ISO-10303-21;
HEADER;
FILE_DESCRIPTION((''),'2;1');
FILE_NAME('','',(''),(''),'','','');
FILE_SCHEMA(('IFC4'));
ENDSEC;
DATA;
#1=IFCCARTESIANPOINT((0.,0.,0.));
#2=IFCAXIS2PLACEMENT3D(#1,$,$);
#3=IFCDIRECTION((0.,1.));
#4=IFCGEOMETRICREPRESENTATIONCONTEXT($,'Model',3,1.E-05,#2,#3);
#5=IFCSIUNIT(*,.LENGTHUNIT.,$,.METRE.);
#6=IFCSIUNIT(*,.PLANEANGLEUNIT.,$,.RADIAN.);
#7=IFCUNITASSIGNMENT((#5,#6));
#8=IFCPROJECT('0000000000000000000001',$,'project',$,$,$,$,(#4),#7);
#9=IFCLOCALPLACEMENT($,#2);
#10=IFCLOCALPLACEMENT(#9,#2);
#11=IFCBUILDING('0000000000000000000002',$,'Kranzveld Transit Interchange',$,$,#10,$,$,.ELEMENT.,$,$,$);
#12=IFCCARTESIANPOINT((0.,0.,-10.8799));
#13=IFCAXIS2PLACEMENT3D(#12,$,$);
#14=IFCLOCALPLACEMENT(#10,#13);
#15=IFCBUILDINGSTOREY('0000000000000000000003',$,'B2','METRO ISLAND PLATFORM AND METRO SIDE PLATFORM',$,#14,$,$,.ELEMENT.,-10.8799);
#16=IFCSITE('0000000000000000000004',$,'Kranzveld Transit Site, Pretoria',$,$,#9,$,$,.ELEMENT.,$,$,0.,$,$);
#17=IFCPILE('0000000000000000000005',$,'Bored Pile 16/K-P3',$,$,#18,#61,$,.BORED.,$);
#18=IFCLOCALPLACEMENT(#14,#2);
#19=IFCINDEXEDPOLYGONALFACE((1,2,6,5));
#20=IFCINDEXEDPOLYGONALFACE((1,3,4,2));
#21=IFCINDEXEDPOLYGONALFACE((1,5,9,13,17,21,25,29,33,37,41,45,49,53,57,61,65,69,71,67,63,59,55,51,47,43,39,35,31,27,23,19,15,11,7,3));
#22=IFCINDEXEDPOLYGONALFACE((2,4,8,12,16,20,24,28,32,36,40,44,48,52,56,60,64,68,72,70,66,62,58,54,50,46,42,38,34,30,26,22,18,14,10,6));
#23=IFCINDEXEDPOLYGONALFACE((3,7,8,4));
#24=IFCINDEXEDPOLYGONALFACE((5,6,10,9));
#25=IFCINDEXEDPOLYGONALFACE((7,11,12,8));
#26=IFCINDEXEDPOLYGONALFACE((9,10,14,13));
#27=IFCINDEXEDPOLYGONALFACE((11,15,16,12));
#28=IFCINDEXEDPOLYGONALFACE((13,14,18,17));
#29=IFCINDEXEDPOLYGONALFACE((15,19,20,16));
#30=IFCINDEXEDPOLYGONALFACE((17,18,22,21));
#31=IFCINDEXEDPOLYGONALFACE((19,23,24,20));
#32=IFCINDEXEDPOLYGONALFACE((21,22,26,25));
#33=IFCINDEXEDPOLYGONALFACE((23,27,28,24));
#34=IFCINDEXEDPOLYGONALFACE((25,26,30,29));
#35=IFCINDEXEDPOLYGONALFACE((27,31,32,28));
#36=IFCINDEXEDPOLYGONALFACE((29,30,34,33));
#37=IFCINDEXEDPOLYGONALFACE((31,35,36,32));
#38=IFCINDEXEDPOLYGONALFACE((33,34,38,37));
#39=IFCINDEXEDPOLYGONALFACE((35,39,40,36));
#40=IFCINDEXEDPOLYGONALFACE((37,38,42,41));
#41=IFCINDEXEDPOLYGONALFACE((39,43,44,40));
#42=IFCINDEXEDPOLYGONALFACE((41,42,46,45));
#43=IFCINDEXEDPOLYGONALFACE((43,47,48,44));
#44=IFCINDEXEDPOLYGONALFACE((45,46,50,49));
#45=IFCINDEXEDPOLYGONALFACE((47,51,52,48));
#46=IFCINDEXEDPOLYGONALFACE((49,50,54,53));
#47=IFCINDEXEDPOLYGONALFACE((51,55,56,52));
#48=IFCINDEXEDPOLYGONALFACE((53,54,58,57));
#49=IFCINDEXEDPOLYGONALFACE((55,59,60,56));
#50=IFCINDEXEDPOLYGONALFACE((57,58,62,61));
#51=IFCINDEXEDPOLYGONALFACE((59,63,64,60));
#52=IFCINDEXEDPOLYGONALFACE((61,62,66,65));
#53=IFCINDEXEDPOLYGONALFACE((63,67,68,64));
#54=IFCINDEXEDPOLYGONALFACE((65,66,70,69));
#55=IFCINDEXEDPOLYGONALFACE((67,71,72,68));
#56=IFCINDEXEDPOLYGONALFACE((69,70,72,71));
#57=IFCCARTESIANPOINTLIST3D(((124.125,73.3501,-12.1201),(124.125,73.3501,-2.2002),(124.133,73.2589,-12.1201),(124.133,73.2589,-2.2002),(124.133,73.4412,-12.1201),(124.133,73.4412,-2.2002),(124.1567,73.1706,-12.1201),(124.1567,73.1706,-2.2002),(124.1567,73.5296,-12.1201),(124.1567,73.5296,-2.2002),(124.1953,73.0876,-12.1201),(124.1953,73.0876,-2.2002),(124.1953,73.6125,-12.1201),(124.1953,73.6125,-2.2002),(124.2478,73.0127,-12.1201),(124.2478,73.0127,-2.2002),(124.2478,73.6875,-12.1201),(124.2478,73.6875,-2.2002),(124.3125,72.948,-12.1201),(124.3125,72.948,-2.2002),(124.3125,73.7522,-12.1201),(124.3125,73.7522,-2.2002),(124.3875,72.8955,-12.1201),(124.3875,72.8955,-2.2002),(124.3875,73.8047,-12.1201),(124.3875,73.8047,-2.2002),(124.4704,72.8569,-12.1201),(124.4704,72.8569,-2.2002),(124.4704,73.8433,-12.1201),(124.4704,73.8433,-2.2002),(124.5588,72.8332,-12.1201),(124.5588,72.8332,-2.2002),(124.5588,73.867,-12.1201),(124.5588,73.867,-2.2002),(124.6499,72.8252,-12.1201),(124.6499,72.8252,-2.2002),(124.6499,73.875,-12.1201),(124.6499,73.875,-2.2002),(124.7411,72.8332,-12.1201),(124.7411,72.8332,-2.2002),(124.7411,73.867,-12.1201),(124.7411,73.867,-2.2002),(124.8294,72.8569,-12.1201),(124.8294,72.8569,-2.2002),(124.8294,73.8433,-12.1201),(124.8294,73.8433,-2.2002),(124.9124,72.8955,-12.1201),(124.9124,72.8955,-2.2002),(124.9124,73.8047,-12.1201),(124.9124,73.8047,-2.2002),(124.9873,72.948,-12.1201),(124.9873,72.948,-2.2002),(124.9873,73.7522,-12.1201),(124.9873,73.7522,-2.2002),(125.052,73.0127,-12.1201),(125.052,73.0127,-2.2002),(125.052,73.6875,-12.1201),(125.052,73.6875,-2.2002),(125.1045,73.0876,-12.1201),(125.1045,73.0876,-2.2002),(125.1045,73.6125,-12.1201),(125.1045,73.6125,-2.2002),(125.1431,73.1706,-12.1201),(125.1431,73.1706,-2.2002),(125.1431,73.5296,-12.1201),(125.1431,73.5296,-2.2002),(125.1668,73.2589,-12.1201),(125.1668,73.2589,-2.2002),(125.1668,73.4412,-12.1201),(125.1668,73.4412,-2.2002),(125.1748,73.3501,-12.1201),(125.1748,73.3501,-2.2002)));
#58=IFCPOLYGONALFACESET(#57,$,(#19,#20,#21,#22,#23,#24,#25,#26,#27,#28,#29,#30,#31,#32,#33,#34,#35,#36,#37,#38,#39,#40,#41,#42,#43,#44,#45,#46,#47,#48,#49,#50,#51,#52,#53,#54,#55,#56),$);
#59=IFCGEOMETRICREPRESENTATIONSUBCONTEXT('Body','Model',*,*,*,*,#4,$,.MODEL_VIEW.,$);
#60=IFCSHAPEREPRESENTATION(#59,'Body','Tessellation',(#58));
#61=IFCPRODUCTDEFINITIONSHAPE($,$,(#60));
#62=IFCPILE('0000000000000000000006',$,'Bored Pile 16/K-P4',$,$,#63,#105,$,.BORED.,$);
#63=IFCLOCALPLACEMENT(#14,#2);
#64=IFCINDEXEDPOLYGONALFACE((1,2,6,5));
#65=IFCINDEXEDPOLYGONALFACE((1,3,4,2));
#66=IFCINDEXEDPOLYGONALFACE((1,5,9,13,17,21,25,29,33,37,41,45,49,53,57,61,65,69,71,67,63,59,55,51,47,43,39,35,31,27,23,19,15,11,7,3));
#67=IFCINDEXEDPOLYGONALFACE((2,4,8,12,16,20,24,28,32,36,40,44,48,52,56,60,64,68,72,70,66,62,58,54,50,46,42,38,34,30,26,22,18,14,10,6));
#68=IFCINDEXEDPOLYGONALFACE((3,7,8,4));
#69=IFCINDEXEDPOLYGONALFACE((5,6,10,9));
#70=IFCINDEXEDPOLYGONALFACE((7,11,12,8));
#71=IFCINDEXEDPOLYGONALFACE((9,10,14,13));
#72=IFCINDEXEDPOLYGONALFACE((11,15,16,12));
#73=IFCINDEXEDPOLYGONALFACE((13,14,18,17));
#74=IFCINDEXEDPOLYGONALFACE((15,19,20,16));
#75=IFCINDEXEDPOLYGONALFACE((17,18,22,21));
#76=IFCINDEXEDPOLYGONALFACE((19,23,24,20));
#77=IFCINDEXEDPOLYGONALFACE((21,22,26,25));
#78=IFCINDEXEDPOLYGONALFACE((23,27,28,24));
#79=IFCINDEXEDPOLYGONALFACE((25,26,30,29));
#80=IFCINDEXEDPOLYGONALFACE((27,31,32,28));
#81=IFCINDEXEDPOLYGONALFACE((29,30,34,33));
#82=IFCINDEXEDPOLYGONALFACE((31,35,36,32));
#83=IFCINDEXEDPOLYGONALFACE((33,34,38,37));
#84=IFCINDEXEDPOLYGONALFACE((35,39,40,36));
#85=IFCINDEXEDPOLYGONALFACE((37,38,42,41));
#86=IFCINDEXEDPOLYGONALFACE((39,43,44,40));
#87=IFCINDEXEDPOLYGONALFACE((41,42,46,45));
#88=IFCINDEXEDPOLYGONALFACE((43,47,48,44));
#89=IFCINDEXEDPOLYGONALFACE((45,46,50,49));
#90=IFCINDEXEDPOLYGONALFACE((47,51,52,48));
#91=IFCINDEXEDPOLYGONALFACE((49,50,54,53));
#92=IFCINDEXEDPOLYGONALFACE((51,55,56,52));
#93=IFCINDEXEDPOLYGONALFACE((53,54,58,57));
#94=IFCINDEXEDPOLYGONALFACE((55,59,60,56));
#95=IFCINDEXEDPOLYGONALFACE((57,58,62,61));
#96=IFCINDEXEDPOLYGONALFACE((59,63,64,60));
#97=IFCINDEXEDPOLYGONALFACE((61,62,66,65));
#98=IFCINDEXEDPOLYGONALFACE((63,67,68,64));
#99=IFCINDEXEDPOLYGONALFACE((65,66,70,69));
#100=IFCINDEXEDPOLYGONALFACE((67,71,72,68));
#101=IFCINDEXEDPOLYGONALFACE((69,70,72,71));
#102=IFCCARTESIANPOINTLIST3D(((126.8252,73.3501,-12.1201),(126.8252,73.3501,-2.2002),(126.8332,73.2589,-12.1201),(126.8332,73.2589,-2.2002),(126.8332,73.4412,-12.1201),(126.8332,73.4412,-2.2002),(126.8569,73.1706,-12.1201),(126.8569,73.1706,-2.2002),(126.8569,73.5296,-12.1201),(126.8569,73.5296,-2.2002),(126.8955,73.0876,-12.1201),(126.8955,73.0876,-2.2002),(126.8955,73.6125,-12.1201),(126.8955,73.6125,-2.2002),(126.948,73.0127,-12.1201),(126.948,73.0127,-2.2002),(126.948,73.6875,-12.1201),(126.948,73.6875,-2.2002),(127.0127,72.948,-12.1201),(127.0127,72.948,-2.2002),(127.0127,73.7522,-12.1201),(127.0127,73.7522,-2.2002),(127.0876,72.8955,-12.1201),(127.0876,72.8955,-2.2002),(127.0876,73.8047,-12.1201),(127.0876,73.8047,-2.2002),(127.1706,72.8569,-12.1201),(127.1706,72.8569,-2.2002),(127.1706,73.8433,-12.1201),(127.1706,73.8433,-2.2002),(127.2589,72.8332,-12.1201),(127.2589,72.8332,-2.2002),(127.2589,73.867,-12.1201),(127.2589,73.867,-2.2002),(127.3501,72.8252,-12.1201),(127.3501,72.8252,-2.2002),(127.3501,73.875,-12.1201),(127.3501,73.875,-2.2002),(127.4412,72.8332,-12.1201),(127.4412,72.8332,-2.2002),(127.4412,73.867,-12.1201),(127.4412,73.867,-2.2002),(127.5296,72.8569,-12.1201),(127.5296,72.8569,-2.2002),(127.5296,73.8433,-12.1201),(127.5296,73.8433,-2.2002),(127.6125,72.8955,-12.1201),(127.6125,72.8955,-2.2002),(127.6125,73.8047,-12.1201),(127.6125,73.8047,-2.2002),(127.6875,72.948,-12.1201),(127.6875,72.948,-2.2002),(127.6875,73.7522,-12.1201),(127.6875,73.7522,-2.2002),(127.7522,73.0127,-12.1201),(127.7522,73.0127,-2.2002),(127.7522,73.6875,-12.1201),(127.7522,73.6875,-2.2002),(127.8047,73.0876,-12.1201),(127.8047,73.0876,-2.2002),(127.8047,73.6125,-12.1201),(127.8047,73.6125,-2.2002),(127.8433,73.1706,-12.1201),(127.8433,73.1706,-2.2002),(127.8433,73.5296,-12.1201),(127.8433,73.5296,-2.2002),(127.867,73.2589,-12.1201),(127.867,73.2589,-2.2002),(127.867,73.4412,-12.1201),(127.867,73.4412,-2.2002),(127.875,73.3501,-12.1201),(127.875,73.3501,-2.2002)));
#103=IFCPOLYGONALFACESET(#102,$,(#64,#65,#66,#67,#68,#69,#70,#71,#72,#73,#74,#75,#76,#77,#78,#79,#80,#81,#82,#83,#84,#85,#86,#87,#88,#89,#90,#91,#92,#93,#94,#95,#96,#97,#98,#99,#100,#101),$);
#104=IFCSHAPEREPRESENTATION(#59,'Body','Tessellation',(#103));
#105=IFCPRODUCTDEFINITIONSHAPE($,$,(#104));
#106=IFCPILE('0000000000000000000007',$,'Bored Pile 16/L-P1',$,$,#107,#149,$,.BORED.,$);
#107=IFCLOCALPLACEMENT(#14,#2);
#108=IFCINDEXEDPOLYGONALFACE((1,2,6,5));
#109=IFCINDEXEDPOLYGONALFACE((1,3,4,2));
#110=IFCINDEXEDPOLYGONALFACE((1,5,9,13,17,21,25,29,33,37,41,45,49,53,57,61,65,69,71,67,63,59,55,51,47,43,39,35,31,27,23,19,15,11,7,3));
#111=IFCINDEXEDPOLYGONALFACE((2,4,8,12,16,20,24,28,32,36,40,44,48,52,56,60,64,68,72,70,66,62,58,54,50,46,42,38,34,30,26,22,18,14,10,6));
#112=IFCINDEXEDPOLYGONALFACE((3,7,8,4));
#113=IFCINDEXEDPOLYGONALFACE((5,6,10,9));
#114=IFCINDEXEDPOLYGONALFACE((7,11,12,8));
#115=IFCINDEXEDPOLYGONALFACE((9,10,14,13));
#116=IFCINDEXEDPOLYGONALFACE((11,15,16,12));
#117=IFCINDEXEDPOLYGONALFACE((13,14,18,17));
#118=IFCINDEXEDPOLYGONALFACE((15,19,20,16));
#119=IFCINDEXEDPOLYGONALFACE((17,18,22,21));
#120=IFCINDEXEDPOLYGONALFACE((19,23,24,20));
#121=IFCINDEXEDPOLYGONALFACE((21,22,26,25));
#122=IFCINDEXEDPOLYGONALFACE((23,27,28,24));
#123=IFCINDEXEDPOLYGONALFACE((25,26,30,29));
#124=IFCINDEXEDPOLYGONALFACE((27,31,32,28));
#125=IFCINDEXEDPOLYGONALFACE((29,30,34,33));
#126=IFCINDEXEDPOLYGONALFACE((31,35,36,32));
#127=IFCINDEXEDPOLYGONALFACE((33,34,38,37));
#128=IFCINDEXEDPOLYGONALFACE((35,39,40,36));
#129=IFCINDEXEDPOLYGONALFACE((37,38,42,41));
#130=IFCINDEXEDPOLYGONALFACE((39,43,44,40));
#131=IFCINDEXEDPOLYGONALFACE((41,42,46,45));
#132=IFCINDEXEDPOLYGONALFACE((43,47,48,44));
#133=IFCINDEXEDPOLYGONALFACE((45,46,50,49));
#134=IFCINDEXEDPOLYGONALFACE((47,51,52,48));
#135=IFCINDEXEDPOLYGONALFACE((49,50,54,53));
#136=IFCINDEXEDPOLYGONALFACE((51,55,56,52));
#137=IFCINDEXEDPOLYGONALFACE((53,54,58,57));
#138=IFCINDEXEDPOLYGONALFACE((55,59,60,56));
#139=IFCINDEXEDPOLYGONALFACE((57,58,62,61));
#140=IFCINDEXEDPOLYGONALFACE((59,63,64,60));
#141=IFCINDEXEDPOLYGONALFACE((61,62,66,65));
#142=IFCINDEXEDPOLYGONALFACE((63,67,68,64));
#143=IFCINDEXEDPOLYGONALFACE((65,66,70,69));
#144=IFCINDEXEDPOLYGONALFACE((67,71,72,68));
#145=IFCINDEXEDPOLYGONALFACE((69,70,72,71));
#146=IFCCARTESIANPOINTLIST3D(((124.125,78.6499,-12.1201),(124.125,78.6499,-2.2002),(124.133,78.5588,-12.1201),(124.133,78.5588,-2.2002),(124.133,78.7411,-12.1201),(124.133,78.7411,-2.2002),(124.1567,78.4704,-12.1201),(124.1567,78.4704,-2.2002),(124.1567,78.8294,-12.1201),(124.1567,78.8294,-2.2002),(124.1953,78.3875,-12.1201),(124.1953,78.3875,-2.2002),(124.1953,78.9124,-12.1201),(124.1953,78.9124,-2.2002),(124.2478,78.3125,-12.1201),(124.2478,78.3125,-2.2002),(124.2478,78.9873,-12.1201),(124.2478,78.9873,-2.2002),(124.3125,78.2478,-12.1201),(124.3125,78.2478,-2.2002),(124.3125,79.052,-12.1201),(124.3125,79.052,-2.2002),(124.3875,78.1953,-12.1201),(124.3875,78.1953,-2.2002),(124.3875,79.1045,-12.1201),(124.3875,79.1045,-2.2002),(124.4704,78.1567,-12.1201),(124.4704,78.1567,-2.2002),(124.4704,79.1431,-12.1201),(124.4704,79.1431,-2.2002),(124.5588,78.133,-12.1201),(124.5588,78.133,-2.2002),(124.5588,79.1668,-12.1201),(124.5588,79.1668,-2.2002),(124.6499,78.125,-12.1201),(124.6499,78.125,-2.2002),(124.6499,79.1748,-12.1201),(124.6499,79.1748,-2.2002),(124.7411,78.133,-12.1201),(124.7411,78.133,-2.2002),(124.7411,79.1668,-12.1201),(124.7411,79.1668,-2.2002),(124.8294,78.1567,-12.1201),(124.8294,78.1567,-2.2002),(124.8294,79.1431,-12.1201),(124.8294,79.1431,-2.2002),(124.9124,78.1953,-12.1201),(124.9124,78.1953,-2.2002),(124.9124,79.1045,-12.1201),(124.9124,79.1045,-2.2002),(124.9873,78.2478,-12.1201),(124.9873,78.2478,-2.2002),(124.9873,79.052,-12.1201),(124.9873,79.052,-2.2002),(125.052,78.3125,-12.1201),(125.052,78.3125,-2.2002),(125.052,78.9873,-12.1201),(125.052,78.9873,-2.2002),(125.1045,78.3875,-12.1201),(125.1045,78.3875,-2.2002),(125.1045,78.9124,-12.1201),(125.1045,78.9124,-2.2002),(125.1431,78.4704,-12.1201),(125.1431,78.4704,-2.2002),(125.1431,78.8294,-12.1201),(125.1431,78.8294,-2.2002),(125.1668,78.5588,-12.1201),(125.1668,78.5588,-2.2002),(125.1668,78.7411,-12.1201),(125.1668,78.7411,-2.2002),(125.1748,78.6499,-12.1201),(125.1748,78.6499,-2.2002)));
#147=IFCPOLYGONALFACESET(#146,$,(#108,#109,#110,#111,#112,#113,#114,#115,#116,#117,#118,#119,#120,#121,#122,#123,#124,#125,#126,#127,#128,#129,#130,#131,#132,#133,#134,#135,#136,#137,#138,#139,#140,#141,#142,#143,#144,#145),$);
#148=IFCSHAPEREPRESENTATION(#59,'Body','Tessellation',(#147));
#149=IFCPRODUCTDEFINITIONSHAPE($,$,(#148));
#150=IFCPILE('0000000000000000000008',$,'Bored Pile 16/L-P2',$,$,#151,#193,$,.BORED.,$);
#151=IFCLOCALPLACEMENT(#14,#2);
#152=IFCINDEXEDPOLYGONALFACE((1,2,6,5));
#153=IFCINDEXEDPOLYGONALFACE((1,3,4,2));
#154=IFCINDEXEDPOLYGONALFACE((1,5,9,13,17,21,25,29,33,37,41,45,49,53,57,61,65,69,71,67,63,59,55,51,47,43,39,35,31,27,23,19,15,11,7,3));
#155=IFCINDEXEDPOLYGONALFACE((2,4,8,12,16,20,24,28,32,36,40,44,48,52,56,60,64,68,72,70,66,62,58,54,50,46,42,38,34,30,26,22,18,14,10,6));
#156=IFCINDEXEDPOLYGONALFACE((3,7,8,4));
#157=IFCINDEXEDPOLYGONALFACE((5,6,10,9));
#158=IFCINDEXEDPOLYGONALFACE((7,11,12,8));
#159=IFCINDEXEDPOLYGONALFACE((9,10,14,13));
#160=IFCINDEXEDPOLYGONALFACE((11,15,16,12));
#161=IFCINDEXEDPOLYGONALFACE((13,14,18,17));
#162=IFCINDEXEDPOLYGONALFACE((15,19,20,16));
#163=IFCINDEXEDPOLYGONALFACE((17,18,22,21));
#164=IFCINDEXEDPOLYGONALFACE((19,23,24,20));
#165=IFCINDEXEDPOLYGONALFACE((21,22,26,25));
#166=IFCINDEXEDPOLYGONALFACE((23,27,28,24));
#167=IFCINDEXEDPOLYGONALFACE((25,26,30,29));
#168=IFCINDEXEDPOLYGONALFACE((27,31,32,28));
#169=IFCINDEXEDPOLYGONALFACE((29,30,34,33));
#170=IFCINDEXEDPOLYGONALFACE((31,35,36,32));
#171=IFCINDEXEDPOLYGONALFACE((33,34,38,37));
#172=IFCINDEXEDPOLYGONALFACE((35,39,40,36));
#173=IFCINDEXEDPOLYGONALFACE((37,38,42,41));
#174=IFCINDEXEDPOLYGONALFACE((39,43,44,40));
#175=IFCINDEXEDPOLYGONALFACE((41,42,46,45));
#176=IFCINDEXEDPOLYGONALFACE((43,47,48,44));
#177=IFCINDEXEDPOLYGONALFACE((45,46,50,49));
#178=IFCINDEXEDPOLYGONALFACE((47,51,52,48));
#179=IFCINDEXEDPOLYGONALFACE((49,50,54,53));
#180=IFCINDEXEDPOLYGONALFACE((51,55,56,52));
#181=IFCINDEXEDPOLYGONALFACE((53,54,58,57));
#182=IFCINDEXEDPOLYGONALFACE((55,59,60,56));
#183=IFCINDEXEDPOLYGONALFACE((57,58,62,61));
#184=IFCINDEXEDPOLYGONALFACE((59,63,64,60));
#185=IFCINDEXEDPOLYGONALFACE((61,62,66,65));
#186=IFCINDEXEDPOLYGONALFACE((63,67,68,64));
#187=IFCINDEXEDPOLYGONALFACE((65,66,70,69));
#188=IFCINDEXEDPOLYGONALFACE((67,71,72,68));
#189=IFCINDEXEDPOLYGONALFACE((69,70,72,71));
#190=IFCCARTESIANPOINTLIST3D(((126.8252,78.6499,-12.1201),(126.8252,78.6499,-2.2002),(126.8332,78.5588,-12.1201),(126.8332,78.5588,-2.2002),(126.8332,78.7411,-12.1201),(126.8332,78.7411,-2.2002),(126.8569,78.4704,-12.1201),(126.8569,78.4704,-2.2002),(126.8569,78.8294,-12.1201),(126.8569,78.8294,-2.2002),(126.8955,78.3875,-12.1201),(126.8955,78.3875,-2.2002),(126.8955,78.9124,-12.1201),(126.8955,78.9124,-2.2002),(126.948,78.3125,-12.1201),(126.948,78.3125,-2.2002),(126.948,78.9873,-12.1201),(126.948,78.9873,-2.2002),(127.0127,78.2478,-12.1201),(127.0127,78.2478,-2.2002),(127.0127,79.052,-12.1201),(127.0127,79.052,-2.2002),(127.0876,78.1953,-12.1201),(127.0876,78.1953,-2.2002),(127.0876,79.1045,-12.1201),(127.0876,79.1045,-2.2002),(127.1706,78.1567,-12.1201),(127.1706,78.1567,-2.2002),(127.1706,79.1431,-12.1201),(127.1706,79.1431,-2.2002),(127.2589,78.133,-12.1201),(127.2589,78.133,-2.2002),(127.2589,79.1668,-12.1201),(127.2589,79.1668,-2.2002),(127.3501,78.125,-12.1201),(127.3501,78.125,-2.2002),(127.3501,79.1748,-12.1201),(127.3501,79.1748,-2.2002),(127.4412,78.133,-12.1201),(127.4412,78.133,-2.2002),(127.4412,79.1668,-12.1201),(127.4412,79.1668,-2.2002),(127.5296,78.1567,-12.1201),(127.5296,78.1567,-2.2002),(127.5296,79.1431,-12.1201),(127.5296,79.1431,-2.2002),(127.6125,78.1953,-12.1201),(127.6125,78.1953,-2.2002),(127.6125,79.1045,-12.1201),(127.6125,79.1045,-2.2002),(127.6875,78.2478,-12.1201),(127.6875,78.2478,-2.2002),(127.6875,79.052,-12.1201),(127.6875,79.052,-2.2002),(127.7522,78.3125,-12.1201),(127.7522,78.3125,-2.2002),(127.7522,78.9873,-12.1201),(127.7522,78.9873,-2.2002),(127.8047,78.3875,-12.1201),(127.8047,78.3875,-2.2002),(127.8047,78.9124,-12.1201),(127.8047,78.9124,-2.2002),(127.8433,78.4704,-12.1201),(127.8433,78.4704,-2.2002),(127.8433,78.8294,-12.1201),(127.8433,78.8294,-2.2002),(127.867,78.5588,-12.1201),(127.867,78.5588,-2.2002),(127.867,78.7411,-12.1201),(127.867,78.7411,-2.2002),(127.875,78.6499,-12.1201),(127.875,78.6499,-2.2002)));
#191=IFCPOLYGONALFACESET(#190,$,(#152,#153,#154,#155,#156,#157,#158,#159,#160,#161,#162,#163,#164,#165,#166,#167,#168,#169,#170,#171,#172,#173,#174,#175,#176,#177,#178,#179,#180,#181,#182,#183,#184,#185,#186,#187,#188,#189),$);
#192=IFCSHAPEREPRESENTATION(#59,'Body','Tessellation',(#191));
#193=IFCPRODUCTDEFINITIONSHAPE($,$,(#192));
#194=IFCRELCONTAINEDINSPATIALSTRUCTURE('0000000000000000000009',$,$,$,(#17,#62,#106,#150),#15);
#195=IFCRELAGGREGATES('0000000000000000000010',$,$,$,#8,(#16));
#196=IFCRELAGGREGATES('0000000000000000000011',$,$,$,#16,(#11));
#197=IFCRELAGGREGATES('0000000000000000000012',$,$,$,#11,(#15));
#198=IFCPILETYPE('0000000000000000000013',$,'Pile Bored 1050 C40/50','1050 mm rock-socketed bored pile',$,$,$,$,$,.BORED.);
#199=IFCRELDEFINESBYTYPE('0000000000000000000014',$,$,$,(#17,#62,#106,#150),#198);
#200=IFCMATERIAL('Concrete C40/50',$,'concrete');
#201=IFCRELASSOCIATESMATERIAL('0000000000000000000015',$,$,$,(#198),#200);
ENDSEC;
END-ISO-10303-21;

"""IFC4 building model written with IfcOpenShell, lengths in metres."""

from ifc_helpers import new_model, si_unit, direction, frame, origin, origin_2d, place, context, subcontext, project, spatial, circle, extrude, material, material_profile, profile_set, type_object, element, save


model = new_model("IFC4")

# Units and contexts
model_context = context("Model", 3, precision=1e-05, world=origin(), true_north=direction((0.0, 1.0)))
body_context = subcontext(model_context, "Body", "Model", "MODEL_VIEW")
ifc_project = project(units=[si_unit("LENGTHUNIT", "METRE"), si_unit("PLANEANGLEUNIT", "RADIAN")], contexts=[model_context])

# Site, building, storey
site_placement = place(None, origin())
site = spatial("IfcSite", under=ifc_project, at=site_placement, Name="Kranzveld Transit Site, Pretoria", CompositionType="ELEMENT", RefElevation=0.0)
building_placement = place(site_placement, origin())
building = spatial("IfcBuilding", under=site, at=building_placement, Name="Kranzveld Transit Interchange", CompositionType="ELEMENT")
storey_placement = place(building_placement, frame((0.0, 0.0, -10.8799)))
storey = spatial("IfcBuildingStorey", under=building, at=storey_placement, Name="B2", Description="METRO ISLAND PLATFORM AND METRO SIDE PLATFORM", CompositionType="ELEMENT", Elevation=-10.8799)

# Piles
ifc_material_1 = material(Name="Concrete C40/50", Category="concrete")
ifc_material_profile_1 = material_profile(ifc_material_1, circle(Radius=0.5249, at=origin_2d()), Name="BORED PILE 1050")
ifc_profile_set_1 = profile_set([ifc_material_profile_1], Name="Concrete C40/50")
pile_type_1 = type_object("IfcPileType", Name="Pile Bored 1050 C40/50", Description="1050 mm rock-socketed bored pile", PredefinedType="BORED", material=ifc_profile_set_1)
for number, where, z_axis, x_axis, name in (
    (1, (124.6499, 73.3501, -2.2002), (0.0, 0.0, -1.0), (1.0, 0.0, 0.0), "Bored Pile 16/K-P3"),
    (2, (127.3501, 73.3501, -2.2002), (0.0, 0.0, -1.0), (1.0, 0.0, 0.0), "Bored Pile 16/K-P4"),
    (3, (124.6499, 78.6499, -2.2002), (0.0, 0.0, -1.0), (1.0, 0.0, 0.0), "Bored Pile 16/L-P1"),
    (4, (127.3501, 78.6499, -2.2002), (0.0, 0.0, -1.0), (1.0, 0.0, 0.0), "Bored Pile 16/L-P2"),
):
    element("IfcPile", number, at=place(storey_placement, frame(where, z_axis=z_axis, x_axis=x_axis)), inside=storey, type_object=pile_type_1, Name=name, PredefinedType="BORED", context=body_context, shape_type="SweptSolid", body=[
        extrude(circle(Radius=0.5249, at=origin_2d()), origin(), (0.0, 0.0, 1.0), 9.9199),
    ])

save(model, "model.ifc")
